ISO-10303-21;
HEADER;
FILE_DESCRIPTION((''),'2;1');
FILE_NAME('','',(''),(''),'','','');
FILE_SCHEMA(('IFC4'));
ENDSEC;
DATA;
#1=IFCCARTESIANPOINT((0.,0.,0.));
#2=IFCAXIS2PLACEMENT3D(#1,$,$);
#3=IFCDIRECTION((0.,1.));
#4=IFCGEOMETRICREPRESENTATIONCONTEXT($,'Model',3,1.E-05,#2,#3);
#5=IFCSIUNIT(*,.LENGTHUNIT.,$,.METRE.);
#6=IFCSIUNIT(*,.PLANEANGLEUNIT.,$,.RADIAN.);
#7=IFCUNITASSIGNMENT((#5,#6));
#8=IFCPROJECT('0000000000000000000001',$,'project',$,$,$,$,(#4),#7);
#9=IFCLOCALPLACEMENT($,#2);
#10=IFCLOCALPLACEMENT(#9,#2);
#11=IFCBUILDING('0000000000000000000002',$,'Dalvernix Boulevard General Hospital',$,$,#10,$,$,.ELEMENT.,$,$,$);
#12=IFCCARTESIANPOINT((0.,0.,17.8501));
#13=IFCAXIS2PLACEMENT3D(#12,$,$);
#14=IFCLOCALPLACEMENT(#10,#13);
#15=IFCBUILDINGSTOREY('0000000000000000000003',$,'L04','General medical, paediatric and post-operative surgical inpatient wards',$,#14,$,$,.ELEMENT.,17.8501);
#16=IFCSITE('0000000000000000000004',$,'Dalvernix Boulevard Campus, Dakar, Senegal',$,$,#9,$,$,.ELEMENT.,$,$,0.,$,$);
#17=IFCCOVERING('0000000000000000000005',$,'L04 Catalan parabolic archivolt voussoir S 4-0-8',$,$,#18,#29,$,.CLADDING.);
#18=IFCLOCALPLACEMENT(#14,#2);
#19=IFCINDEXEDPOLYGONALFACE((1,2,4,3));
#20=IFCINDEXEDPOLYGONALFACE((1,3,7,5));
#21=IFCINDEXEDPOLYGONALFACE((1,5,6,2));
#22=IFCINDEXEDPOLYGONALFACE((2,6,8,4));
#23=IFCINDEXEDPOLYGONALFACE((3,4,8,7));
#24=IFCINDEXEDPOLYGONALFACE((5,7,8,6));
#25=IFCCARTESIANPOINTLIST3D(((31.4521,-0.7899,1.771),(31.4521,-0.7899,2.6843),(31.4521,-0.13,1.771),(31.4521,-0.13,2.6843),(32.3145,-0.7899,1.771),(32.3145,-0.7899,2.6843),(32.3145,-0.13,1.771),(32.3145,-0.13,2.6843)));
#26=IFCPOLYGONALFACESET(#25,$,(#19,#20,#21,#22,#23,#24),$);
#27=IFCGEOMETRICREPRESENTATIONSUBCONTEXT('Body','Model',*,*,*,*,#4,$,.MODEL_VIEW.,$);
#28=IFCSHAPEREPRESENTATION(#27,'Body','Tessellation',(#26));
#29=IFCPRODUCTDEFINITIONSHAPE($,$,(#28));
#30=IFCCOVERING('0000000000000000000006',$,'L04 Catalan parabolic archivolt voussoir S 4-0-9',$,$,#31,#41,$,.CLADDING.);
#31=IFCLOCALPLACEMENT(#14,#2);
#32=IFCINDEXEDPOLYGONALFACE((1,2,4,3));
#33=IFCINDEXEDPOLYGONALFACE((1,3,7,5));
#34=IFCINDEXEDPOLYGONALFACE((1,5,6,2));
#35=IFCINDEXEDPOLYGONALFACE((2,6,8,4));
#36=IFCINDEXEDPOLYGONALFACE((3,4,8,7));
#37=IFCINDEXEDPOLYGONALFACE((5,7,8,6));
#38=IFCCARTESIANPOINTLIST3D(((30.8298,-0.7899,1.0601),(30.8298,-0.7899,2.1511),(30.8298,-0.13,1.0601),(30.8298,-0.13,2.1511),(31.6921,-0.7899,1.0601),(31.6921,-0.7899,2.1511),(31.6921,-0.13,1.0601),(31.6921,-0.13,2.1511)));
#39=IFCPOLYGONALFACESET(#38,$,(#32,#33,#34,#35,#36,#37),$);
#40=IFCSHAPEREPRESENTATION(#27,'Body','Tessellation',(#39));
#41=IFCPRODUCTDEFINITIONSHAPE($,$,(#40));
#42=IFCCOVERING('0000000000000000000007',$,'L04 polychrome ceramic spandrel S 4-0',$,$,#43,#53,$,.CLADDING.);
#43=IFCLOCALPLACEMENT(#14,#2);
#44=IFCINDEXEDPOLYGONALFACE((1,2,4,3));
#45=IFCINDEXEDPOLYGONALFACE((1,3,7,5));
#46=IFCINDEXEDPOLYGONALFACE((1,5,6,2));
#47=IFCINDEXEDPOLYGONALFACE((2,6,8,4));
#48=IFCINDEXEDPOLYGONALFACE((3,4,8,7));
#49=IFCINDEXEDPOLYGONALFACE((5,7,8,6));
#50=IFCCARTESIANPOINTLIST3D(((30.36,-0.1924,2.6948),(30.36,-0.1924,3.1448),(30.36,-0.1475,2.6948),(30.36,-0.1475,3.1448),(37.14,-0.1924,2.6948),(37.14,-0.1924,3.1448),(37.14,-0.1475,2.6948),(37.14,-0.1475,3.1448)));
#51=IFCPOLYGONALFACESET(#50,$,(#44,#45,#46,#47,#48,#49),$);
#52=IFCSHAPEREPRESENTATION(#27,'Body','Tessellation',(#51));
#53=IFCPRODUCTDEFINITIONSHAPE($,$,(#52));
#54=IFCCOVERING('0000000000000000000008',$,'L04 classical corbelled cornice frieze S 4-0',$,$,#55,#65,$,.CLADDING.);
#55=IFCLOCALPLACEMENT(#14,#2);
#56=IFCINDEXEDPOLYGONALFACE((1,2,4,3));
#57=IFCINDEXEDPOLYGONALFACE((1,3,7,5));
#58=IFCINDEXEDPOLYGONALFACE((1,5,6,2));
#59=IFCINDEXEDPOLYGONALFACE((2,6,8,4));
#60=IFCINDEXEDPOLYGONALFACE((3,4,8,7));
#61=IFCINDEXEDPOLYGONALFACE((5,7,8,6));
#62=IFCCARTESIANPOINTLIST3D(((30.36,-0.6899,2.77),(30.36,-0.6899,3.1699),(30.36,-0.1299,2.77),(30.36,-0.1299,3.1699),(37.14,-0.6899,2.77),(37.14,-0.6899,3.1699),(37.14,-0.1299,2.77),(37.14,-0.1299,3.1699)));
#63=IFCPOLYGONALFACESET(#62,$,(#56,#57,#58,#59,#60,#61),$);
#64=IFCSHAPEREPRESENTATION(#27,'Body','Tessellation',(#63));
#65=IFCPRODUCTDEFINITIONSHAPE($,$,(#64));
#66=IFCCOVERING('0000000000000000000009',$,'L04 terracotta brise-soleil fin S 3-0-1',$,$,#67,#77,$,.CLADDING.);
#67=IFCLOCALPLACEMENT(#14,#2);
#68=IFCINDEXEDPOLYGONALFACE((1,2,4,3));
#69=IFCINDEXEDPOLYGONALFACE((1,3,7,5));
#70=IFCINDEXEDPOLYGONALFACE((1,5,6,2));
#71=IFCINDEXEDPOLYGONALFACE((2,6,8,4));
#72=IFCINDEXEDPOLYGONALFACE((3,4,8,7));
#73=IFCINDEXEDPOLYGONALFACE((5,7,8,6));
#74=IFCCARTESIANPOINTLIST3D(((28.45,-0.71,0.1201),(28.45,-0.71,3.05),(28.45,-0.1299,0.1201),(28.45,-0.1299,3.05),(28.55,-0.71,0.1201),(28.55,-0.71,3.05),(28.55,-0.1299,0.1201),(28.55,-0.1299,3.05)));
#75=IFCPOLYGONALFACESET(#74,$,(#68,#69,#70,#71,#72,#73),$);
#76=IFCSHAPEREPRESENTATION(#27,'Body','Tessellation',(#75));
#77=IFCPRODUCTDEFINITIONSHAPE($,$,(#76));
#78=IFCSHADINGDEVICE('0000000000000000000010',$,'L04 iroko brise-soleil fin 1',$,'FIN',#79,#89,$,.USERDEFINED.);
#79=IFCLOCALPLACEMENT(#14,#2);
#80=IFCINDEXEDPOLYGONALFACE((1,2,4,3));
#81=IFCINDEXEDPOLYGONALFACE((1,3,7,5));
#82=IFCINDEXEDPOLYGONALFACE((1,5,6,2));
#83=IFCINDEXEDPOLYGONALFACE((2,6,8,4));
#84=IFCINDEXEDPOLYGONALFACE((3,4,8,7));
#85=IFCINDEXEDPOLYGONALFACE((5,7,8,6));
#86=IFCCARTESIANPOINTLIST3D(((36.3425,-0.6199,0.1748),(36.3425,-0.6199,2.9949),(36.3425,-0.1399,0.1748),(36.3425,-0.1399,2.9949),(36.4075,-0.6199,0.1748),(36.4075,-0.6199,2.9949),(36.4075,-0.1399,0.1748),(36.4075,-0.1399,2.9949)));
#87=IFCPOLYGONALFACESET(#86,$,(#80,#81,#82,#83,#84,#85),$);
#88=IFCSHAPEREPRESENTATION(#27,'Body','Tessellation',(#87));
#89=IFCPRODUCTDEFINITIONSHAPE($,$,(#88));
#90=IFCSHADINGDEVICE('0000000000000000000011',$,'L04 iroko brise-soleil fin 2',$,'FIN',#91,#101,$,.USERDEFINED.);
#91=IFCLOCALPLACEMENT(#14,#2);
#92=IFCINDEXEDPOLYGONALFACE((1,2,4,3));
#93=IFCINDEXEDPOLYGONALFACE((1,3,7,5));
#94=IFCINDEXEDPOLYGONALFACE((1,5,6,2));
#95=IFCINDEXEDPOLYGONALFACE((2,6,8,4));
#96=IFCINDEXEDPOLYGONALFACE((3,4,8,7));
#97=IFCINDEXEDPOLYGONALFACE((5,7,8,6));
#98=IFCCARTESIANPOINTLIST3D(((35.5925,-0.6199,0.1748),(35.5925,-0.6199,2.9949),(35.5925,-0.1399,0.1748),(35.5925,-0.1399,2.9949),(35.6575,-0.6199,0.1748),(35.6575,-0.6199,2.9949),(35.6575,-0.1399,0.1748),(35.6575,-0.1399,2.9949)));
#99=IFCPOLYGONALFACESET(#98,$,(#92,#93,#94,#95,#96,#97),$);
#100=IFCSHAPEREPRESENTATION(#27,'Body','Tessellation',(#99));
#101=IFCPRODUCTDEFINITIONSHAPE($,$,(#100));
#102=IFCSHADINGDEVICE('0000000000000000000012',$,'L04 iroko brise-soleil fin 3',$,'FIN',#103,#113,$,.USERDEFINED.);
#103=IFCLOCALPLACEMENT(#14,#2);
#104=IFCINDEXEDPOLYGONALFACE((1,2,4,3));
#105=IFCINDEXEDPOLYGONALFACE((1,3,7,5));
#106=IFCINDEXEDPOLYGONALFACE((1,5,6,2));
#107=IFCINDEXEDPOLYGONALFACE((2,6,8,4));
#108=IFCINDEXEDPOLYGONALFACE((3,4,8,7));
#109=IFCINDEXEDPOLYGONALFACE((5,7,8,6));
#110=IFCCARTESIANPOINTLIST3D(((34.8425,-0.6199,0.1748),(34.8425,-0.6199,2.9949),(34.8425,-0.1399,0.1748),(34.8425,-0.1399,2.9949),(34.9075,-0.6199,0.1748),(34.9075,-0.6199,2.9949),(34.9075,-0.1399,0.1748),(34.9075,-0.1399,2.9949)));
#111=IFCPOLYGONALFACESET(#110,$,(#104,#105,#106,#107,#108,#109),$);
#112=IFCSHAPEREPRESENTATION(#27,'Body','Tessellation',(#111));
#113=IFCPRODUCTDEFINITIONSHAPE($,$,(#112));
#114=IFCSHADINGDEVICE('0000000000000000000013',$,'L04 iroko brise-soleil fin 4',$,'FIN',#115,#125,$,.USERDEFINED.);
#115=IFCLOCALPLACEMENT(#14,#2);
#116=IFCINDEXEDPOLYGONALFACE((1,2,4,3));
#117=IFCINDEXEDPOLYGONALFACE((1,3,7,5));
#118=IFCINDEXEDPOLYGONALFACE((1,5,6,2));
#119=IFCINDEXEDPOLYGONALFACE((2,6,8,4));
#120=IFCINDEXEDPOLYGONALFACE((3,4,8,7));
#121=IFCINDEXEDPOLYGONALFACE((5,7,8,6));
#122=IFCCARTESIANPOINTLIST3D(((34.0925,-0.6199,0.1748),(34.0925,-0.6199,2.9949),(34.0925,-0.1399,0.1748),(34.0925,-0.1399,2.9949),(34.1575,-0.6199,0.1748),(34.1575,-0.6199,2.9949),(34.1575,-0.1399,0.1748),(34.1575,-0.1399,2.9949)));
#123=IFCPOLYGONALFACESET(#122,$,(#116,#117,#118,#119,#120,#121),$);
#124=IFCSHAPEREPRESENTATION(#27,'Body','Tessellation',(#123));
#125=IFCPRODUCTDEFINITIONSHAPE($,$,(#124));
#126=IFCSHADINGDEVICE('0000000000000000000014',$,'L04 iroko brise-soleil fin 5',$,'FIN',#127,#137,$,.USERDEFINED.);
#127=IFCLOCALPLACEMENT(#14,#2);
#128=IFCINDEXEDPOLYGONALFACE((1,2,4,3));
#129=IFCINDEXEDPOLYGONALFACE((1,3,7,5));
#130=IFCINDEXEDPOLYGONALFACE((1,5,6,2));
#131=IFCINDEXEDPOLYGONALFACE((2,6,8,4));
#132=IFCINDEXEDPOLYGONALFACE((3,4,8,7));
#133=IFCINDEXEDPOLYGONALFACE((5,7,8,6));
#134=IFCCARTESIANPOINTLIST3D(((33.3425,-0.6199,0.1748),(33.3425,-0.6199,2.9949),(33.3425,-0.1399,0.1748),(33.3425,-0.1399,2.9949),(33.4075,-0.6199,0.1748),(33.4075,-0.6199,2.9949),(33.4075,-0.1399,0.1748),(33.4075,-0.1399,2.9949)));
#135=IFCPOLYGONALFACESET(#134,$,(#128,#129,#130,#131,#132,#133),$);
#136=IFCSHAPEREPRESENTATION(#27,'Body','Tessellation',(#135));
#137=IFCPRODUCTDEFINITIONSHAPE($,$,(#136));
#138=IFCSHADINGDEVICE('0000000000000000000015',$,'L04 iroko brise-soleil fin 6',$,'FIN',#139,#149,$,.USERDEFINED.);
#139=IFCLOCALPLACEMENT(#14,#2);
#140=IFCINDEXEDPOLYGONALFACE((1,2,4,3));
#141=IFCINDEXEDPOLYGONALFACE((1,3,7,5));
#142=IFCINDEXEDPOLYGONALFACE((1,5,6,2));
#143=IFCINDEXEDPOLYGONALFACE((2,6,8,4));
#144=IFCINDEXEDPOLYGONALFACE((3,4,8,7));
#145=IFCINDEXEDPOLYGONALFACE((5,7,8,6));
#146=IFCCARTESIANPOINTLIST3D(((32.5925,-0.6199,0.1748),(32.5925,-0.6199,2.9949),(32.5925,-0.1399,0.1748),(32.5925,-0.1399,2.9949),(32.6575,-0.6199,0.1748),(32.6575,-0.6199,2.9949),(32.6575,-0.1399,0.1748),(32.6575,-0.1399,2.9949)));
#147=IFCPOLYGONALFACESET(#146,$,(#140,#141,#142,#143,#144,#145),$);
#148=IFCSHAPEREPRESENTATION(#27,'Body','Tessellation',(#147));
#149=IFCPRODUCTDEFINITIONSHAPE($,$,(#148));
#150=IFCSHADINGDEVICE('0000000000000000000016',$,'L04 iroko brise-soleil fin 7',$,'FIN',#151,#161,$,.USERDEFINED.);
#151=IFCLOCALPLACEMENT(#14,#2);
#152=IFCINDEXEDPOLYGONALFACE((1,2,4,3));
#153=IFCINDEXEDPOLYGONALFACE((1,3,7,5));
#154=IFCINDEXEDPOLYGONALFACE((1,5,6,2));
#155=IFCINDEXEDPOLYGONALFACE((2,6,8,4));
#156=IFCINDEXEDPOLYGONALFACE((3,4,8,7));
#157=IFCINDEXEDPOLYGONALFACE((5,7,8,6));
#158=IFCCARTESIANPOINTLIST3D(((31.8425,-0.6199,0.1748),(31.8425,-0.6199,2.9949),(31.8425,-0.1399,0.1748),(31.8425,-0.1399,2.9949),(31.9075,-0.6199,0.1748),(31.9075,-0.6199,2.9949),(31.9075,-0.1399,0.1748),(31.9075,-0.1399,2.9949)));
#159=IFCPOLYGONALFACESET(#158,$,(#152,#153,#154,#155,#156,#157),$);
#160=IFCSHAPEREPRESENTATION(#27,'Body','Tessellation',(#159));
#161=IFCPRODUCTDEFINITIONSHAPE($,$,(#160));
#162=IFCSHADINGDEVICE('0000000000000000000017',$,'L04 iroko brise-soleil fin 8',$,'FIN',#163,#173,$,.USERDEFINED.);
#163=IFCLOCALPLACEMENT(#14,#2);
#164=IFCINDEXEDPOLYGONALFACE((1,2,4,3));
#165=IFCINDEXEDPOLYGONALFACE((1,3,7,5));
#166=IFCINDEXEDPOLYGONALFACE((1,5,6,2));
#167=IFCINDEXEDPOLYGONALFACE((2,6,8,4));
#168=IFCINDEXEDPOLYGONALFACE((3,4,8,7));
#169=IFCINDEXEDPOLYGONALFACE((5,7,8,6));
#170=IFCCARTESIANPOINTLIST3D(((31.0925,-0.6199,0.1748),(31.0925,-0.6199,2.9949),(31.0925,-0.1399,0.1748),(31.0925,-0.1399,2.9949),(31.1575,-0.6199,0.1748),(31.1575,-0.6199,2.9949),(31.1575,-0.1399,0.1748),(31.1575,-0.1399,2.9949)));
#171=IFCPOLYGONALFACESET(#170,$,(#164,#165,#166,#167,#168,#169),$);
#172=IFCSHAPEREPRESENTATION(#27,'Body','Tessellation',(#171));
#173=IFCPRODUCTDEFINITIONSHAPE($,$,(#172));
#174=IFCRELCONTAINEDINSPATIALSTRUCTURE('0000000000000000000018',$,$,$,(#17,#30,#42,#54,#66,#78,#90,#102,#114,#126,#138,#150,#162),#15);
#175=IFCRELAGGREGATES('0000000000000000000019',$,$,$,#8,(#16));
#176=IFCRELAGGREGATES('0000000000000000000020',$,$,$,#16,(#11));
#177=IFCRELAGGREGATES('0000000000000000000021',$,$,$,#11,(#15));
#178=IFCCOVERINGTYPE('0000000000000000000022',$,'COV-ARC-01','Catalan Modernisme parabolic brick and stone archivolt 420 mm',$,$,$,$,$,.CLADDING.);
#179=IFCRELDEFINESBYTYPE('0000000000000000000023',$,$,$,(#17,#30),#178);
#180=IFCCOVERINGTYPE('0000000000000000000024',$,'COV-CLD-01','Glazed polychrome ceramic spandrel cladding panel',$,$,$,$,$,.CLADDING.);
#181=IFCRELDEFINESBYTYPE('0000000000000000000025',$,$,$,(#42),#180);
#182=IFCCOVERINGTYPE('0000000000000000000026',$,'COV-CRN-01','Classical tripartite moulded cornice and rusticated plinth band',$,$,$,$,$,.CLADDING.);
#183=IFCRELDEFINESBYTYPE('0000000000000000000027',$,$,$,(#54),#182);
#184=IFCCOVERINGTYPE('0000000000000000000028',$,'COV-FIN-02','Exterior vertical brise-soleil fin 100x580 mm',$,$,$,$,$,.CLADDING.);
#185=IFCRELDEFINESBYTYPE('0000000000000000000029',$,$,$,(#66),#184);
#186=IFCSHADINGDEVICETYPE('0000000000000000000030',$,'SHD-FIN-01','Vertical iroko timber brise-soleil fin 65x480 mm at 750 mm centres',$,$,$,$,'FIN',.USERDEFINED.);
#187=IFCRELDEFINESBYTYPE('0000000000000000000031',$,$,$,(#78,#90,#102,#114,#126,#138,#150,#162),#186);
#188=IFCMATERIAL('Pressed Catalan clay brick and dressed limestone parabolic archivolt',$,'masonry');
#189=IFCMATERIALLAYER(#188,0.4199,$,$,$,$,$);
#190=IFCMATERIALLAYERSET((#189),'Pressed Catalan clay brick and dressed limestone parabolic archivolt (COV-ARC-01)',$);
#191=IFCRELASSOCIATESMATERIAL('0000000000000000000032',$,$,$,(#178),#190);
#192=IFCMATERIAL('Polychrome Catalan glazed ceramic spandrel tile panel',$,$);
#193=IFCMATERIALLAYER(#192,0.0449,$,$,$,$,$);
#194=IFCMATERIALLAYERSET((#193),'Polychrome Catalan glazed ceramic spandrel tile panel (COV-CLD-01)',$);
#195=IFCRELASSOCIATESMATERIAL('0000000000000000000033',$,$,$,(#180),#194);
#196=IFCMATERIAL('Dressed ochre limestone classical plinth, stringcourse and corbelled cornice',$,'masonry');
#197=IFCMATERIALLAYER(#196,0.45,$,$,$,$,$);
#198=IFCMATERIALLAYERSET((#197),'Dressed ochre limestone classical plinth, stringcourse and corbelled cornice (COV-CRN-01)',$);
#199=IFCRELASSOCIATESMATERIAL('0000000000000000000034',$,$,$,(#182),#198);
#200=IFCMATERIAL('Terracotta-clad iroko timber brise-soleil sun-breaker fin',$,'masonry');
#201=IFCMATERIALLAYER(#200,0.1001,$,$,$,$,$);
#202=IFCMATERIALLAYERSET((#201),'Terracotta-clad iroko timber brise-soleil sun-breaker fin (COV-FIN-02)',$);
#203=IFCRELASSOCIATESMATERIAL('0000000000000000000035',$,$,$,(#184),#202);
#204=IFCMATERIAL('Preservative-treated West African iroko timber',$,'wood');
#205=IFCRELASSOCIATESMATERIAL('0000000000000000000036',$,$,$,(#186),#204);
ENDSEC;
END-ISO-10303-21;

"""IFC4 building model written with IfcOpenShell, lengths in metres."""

from ifc_helpers import new_model, si_unit, direction, frame, origin, origin_2d, place, context, subcontext, project, spatial, rectangle, extrude, material, layer, layer_set, type_object, element, save


model = new_model("IFC4")

# Units and contexts
model_context = context("Model", 3, precision=1e-05, world=origin(), true_north=direction((0.0, 1.0)))
body_context = subcontext(model_context, "Body", "Model", "MODEL_VIEW")
ifc_project = project(units=[si_unit("LENGTHUNIT", "METRE"), si_unit("PLANEANGLEUNIT", "RADIAN")], contexts=[model_context])

# Site, building, storey
site_placement = place(None, origin())
site = spatial("IfcSite", under=ifc_project, at=site_placement, Name="Dalvernix Boulevard Campus, Dakar, Senegal", CompositionType="ELEMENT", RefElevation=0.0)
building_placement = place(site_placement, origin())
building = spatial("IfcBuilding", under=site, at=building_placement, Name="Dalvernix Boulevard General Hospital", CompositionType="ELEMENT")
storey_placement = place(building_placement, frame((0.0, 0.0, 17.8501)))
storey = spatial("IfcBuildingStorey", under=building, at=storey_placement, Name="L04", Description="General medical, paediatric and post-operative surgical inpatient wards", CompositionType="ELEMENT", Elevation=17.8501)

# Coverings
ifc_material_1 = material(Name="Pressed Catalan clay brick and dressed limestone parabolic archivolt", Category="masonry")
ifc_layer_1 = layer(ifc_material_1, 0.4199)
ifc_layer_set_1 = layer_set([ifc_layer_1], Name="Pressed Catalan clay brick and dressed limestone parabolic archivolt (COV-ARC-01)")
covering_type_1 = type_object("IfcCoveringType", Name="COV-ARC-01", Description="Catalan Modernisme parabolic brick and stone archivolt 420 mm", PredefinedType="CLADDING", material=ifc_layer_set_1)
covering_1_placement = place(storey_placement, frame((31.8833, -0.46, 1.771), z_axis=(0.0, 0.0, 1.0), x_axis=(-1.0, 0.0, 0.0)))
element("IfcCovering", 1, at=covering_1_placement, inside=storey, type_object=covering_type_1, Name="L04 Catalan parabolic archivolt voussoir S 4-0-8", PredefinedType="CLADDING", context=body_context, shape_type="SweptSolid", body=[
    extrude(rectangle(XDim=0.8623, YDim=0.6599, at=origin_2d()), origin(), (0.0, 0.0, 1.0), 0.9133),
])
covering_2_placement = place(storey_placement, frame((31.261, -0.46, 1.0601), z_axis=(0.0, 0.0, 1.0), x_axis=(-1.0, 0.0, 0.0)))
element("IfcCovering", 2, at=covering_2_placement, inside=storey, type_object=covering_type_1, Name="L04 Catalan parabolic archivolt voussoir S 4-0-9", PredefinedType="CLADDING", context=body_context, shape_type="SweptSolid", body=[
    extrude(rectangle(XDim=0.8623, YDim=0.6599, at=origin_2d()), origin(), (0.0, 0.0, 1.0), 1.0911),
])
ifc_material_2 = material(Name="Polychrome Catalan glazed ceramic spandrel tile panel")
ifc_layer_2 = layer(ifc_material_2, 0.0449)
ifc_layer_set_2 = layer_set([ifc_layer_2], Name="Polychrome Catalan glazed ceramic spandrel tile panel (COV-CLD-01)")
covering_type_2 = type_object("IfcCoveringType", Name="COV-CLD-01", Description="Glazed polychrome ceramic spandrel cladding panel", PredefinedType="CLADDING", material=ifc_layer_set_2)
covering_3_placement = place(storey_placement, frame((33.75, -0.1699, 2.6948), z_axis=(0.0, 0.0, 1.0), x_axis=(-1.0, 0.0, 0.0)))
element("IfcCovering", 3, at=covering_3_placement, inside=storey, type_object=covering_type_2, Name="L04 polychrome ceramic spandrel S 4-0", PredefinedType="CLADDING", context=body_context, shape_type="SweptSolid", body=[
    extrude(rectangle(XDim=6.78, YDim=0.0449, at=origin_2d()), origin(), (0.0, 0.0, 1.0), 0.45),
])
ifc_material_3 = material(Name="Dressed ochre limestone classical plinth, stringcourse and corbelled cornice", Category="masonry")
ifc_layer_3 = layer(ifc_material_3, 0.45)
ifc_layer_set_3 = layer_set([ifc_layer_3], Name="Dressed ochre limestone classical plinth, stringcourse and corbelled cornice (COV-CRN-01)")
covering_type_3 = type_object("IfcCoveringType", Name="COV-CRN-01", Description="Classical tripartite moulded cornice and rusticated plinth band", PredefinedType="CLADDING", material=ifc_layer_set_3)
covering_4_placement = place(storey_placement, frame((33.75, -0.4099, 2.77), z_axis=(0.0, 0.0, 1.0), x_axis=(-1.0, 0.0, 0.0)))
element("IfcCovering", 4, at=covering_4_placement, inside=storey, type_object=covering_type_3, Name="L04 classical corbelled cornice frieze S 4-0", PredefinedType="CLADDING", context=body_context, shape_type="SweptSolid", body=[
    extrude(rectangle(XDim=6.78, YDim=0.5601, at=origin_2d()), origin(), (0.0, 0.0, 1.0), 0.3999),
])
ifc_material_4 = material(Name="Terracotta-clad iroko timber brise-soleil sun-breaker fin", Category="masonry")
ifc_layer_4 = layer(ifc_material_4, 0.1001)
ifc_layer_set_4 = layer_set([ifc_layer_4], Name="Terracotta-clad iroko timber brise-soleil sun-breaker fin (COV-FIN-02)")
covering_type_4 = type_object("IfcCoveringType", Name="COV-FIN-02", Description="Exterior vertical brise-soleil fin 100x580 mm", PredefinedType="CLADDING", material=ifc_layer_set_4)
covering_5_placement = place(storey_placement, frame((28.5, -0.4199, 0.1201), z_axis=(0.0, 0.0, 1.0), x_axis=(-1.0, 0.0, 0.0)))
element("IfcCovering", 5, at=covering_5_placement, inside=storey, type_object=covering_type_4, Name="L04 terracotta brise-soleil fin S 3-0-1", PredefinedType="CLADDING", context=body_context, shape_type="SweptSolid", body=[
    extrude(rectangle(XDim=0.1001, YDim=0.5801, at=origin_2d()), origin(), (0.0, 0.0, 1.0), 2.9299),
])

# Shading devices
ifc_material_5 = material(Name="Preservative-treated West African iroko timber", Category="wood")
shading_device_type = type_object("IfcShadingDeviceType", Name="SHD-FIN-01", Description="Vertical iroko timber brise-soleil fin 65x480 mm at 750 mm centres", ElementType="FIN", PredefinedType="USERDEFINED", material=ifc_material_5)
for number, where, z_axis, x_axis, name in (
    (6, (36.375, -0.3799, 0.1748), (0.0, 0.0, 1.0), (-1.0, 0.0, 0.0), "L04 iroko brise-soleil fin 1"),
    (7, (35.625, -0.3799, 0.1748), (0.0, 0.0, 1.0), (-1.0, 0.0, 0.0), "L04 iroko brise-soleil fin 2"),
    (8, (34.875, -0.3799, 0.1748), (0.0, 0.0, 1.0), (-1.0, 0.0, 0.0), "L04 iroko brise-soleil fin 3"),
    (9, (34.125, -0.3799, 0.1748), (0.0, 0.0, 1.0), (-1.0, 0.0, 0.0), "L04 iroko brise-soleil fin 4"),
    (10, (33.375, -0.3799, 0.1748), (0.0, 0.0, 1.0), (-1.0, 0.0, 0.0), "L04 iroko brise-soleil fin 5"),
    (11, (32.625, -0.3799, 0.1748), (0.0, 0.0, 1.0), (-1.0, 0.0, 0.0), "L04 iroko brise-soleil fin 6"),
    (12, (31.875, -0.3799, 0.1748), (0.0, 0.0, 1.0), (-1.0, 0.0, 0.0), "L04 iroko brise-soleil fin 7"),
    (13, (31.125, -0.3799, 0.1748), (0.0, 0.0, 1.0), (-1.0, 0.0, 0.0), "L04 iroko brise-soleil fin 8"),
):
    element("IfcShadingDevice", number, at=place(storey_placement, frame(where, z_axis=z_axis, x_axis=x_axis)), inside=storey, type_object=shading_device_type, Name=name, ObjectType="FIN", PredefinedType="USERDEFINED", context=body_context, shape_type="SweptSolid", body=[
        extrude(rectangle(XDim=0.0649, YDim=0.48, at=origin_2d()), origin(), (0.0, 0.0, 1.0), 2.8201),
    ])

save(model, "model.ifc")
